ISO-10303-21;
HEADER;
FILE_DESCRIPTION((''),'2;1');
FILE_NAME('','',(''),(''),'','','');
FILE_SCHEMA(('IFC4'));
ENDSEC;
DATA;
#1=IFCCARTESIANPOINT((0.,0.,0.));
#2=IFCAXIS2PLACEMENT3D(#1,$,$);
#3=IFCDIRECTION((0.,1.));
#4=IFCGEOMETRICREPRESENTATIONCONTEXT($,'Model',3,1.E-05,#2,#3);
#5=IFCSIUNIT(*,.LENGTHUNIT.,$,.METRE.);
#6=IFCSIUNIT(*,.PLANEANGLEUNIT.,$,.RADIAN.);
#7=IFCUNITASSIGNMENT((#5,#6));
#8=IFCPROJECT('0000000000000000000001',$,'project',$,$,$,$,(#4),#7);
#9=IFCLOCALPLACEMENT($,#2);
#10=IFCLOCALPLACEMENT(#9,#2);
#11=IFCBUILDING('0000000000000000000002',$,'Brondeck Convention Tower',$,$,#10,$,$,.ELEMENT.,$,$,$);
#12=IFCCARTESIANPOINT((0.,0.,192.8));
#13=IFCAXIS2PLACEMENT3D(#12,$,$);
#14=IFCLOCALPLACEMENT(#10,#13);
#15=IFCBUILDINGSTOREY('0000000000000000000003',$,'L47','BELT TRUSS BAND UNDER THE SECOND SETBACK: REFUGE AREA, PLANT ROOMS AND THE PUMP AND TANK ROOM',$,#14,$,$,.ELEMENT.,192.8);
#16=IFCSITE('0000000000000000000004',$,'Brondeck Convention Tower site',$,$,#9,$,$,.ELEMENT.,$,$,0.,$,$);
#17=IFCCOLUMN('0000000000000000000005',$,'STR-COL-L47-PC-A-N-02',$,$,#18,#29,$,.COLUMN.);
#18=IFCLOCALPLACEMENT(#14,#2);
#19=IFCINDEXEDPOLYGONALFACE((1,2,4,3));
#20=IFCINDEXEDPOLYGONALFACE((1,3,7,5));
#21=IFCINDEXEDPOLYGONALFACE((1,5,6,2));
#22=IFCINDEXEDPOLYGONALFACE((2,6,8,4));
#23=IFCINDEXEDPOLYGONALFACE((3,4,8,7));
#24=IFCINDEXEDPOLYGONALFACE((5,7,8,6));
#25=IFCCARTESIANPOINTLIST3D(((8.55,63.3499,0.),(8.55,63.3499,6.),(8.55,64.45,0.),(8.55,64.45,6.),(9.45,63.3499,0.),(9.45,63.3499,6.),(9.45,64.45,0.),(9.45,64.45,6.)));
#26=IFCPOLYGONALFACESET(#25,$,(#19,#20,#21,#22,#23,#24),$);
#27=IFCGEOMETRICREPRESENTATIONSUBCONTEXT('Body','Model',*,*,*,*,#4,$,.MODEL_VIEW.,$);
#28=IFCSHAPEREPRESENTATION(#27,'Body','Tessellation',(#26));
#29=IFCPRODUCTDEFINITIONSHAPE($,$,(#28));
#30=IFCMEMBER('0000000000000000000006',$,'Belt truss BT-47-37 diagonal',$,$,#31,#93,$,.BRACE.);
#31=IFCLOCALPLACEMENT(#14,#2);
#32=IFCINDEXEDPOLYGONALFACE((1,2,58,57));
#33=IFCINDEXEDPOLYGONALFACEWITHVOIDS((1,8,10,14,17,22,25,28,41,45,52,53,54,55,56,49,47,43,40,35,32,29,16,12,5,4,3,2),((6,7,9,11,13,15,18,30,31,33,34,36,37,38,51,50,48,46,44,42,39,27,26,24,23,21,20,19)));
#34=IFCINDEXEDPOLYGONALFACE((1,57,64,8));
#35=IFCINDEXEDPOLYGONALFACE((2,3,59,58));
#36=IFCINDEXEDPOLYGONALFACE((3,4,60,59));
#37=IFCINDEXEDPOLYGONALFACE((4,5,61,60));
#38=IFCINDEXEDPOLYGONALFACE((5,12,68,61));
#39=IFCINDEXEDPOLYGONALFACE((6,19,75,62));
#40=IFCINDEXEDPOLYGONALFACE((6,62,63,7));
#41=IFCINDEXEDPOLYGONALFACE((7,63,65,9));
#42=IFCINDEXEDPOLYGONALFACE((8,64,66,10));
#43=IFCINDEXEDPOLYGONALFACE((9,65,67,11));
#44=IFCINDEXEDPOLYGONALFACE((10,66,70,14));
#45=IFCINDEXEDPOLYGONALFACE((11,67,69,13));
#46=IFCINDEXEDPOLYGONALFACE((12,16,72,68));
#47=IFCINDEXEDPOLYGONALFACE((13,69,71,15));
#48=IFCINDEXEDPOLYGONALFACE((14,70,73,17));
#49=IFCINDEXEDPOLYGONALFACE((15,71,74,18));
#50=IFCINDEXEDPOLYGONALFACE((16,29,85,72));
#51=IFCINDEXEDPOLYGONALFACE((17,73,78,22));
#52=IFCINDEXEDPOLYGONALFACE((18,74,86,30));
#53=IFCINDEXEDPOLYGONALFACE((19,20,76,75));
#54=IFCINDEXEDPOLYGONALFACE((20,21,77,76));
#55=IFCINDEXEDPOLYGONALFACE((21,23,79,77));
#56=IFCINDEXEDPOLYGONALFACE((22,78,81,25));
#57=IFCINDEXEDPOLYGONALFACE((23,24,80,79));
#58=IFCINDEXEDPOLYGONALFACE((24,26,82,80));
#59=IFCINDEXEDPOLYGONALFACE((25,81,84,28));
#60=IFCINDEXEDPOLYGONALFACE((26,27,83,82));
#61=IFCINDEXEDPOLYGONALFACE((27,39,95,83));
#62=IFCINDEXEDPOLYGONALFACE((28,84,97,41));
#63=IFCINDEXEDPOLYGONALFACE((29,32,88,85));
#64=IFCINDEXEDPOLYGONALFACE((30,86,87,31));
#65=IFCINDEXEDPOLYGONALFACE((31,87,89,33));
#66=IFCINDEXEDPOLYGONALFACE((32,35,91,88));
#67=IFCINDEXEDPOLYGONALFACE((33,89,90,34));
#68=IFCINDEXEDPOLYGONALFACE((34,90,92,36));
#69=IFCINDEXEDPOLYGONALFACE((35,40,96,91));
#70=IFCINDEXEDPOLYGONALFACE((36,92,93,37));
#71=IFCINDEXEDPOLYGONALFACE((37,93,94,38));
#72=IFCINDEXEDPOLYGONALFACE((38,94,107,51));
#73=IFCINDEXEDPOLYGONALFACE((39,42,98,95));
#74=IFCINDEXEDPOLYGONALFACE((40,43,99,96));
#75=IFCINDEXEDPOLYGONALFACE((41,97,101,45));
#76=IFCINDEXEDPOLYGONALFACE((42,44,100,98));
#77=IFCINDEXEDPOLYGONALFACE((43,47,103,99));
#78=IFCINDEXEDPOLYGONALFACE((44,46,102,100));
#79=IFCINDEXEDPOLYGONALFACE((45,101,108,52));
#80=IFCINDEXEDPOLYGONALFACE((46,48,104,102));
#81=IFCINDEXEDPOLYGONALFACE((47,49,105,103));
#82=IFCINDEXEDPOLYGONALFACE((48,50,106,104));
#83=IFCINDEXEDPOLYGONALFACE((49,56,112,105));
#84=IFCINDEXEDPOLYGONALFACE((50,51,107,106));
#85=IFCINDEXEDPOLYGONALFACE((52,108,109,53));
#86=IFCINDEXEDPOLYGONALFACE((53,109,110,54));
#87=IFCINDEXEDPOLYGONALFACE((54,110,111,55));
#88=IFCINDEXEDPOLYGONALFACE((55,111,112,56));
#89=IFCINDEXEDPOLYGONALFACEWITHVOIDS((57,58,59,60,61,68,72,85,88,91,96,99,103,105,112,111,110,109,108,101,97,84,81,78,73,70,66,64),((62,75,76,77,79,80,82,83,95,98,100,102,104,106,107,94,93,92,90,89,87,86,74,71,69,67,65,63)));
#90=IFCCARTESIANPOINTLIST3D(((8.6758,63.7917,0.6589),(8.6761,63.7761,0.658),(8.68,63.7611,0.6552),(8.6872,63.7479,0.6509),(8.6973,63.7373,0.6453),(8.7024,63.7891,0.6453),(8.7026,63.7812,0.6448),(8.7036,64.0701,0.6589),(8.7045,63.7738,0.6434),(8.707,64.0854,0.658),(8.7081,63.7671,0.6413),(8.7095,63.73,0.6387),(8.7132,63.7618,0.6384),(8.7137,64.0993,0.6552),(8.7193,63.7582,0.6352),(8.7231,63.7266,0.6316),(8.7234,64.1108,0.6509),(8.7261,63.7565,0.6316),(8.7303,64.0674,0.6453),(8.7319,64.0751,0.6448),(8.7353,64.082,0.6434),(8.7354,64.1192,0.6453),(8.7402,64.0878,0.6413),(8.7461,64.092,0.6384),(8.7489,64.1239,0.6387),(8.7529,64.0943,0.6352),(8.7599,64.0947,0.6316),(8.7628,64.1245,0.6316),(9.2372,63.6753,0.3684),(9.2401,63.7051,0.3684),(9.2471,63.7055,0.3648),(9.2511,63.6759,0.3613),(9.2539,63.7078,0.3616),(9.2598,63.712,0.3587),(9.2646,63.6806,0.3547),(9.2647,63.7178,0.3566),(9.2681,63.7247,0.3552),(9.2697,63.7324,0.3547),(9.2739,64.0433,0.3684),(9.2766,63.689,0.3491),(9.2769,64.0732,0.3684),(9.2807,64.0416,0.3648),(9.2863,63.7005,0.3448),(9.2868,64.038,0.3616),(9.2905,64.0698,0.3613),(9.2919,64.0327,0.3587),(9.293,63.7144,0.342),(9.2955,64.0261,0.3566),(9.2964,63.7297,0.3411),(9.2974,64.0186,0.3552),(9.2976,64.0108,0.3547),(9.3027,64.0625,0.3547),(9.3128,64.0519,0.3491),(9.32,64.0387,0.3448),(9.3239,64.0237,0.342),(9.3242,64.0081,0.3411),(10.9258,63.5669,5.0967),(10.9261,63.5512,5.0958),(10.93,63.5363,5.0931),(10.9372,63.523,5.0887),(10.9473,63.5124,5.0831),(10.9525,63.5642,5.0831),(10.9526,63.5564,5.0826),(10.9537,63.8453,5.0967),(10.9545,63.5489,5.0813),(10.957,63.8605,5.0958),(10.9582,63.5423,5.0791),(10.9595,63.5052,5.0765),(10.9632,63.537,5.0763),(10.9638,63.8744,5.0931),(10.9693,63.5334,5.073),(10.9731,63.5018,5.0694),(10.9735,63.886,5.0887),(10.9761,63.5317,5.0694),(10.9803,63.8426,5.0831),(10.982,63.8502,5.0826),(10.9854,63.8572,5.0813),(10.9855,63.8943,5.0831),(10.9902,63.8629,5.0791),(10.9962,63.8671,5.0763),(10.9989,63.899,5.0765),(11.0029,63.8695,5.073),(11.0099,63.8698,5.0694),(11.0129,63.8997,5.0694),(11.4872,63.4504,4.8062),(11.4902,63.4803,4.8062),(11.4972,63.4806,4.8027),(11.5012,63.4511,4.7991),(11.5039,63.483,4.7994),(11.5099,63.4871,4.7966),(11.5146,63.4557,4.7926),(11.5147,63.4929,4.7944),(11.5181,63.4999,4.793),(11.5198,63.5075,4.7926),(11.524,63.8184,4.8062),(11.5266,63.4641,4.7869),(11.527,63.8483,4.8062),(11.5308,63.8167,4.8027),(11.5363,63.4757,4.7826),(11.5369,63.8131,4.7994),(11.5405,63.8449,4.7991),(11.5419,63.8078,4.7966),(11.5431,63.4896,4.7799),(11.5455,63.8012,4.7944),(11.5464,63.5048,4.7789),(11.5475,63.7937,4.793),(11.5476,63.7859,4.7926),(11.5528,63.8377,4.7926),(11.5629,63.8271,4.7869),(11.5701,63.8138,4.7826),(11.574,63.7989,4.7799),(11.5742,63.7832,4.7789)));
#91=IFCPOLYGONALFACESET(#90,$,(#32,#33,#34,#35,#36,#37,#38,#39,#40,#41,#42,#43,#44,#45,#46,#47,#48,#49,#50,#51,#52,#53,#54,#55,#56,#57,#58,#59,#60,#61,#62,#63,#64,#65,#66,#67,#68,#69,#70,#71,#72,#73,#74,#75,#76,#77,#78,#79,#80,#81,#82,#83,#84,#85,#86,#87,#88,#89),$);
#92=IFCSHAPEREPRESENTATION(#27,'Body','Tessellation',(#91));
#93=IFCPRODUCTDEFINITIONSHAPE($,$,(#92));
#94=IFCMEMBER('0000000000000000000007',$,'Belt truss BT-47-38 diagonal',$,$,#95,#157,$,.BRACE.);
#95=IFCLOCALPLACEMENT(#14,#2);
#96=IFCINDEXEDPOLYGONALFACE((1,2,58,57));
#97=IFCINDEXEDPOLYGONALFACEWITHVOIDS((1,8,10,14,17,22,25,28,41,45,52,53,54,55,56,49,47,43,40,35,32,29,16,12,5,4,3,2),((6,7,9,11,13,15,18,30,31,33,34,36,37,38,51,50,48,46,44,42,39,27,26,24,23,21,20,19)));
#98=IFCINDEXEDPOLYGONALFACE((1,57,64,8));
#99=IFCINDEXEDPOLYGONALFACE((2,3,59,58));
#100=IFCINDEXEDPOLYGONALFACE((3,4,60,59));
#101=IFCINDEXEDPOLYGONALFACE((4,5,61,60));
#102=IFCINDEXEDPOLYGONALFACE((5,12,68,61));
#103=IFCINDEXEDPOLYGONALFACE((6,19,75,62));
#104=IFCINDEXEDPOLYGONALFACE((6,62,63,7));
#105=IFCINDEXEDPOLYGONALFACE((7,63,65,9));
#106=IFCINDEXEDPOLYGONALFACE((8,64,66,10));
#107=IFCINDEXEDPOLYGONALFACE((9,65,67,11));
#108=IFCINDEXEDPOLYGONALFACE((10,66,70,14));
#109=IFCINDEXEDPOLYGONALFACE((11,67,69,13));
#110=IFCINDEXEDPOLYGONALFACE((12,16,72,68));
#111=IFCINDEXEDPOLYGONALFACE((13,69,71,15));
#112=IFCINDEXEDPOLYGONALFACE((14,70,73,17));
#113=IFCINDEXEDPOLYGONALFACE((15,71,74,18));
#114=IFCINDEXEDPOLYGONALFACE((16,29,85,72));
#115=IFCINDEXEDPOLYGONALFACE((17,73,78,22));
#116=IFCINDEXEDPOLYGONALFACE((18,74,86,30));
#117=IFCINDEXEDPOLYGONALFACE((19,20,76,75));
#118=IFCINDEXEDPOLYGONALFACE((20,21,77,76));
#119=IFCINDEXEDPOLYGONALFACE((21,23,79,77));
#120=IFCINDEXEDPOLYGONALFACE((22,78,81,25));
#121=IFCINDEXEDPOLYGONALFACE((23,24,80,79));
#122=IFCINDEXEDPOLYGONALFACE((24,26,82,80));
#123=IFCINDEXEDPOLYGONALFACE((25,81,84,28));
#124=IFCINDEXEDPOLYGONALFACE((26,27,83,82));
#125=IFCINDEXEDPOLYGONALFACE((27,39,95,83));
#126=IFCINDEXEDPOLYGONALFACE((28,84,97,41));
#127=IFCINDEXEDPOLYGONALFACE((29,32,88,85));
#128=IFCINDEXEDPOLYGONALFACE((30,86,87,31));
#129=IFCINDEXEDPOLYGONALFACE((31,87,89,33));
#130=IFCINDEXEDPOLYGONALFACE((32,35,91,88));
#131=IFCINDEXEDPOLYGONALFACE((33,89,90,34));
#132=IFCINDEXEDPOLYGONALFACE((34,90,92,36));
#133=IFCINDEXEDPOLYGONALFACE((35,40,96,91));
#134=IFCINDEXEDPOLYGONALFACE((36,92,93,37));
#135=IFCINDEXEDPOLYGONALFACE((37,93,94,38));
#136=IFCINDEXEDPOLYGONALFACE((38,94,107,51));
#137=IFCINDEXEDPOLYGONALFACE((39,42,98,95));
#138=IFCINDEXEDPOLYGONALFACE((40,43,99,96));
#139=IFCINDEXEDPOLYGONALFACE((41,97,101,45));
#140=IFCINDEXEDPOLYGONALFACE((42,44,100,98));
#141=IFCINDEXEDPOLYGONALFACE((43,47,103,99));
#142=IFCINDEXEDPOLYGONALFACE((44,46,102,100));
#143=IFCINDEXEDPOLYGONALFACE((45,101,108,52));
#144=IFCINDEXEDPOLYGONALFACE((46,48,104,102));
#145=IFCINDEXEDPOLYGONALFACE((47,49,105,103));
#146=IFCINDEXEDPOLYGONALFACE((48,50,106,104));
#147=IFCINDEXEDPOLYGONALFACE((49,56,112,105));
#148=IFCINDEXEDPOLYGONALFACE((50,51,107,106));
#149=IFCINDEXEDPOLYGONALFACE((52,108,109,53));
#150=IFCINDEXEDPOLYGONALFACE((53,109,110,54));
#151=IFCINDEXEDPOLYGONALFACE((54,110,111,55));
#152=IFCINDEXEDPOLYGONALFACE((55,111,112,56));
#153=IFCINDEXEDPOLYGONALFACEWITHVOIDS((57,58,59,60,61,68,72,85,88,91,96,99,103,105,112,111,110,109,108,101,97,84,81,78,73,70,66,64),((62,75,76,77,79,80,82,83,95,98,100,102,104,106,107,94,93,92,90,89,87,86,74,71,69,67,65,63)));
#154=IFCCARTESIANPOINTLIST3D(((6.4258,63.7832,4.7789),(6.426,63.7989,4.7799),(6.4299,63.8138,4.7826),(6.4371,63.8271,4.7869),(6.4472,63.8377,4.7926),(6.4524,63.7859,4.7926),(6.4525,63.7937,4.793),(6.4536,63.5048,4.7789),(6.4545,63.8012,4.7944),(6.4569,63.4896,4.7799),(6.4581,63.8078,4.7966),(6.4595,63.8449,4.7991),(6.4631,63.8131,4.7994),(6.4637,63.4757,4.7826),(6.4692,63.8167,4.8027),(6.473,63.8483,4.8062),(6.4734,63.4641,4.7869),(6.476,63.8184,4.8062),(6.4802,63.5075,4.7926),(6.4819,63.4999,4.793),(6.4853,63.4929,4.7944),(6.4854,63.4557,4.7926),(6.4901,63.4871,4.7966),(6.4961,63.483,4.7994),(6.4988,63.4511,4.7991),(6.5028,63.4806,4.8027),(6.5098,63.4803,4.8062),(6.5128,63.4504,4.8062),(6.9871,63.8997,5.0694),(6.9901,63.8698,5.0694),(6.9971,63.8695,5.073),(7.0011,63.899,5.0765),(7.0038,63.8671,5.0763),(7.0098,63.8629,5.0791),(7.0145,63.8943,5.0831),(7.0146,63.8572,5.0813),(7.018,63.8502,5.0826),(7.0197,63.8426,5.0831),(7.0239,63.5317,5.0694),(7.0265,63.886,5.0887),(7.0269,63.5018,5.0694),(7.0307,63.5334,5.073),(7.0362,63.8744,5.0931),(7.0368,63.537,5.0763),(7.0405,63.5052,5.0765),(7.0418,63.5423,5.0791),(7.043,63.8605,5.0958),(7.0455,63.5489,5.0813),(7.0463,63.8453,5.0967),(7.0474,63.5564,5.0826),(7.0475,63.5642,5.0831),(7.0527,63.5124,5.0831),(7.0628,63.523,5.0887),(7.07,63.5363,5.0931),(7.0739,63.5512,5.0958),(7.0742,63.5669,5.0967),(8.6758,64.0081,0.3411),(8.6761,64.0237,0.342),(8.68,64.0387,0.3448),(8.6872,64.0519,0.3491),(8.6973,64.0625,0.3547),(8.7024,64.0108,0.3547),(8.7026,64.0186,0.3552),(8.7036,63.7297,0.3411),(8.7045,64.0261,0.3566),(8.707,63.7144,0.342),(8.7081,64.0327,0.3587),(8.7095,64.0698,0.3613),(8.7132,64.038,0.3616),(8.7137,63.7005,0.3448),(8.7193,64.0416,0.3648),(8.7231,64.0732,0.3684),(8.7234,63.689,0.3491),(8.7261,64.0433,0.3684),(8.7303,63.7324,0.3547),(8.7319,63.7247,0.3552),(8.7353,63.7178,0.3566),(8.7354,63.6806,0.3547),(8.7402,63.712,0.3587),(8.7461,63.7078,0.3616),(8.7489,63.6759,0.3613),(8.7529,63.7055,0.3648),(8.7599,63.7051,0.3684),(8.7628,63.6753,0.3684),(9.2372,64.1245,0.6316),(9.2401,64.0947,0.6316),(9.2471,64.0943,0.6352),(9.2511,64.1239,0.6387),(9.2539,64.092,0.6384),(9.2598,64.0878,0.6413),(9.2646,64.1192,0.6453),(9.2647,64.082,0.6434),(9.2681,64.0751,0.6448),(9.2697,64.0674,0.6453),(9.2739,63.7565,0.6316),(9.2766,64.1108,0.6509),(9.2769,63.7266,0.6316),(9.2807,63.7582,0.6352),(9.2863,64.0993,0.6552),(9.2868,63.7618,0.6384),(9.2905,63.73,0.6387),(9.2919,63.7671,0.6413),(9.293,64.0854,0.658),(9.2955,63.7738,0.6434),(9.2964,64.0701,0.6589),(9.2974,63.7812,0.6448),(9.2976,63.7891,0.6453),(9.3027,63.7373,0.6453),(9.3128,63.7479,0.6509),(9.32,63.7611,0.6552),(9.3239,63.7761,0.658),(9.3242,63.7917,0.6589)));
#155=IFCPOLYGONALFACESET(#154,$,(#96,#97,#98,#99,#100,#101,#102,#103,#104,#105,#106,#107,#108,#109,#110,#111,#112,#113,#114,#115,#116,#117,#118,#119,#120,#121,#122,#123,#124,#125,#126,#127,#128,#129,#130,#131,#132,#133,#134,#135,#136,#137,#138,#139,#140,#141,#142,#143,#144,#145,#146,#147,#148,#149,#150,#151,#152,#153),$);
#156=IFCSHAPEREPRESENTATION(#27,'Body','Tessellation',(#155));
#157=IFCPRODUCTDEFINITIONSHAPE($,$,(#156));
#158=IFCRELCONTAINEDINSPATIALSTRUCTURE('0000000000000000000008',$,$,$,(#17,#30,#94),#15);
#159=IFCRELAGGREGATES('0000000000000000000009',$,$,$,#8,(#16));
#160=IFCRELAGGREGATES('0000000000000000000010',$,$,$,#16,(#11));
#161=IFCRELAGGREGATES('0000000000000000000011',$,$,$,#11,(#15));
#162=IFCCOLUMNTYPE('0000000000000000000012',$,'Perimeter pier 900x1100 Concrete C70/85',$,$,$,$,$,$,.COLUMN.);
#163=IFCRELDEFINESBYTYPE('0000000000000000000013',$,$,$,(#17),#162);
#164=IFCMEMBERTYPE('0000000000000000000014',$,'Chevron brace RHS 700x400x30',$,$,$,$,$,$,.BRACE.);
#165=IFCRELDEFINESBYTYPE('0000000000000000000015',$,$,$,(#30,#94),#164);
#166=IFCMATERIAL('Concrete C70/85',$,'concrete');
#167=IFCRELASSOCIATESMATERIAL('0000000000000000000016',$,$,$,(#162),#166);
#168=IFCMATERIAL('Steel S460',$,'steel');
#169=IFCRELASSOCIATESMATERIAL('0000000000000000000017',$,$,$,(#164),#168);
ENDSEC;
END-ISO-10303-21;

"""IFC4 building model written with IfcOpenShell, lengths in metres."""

from ifc_helpers import new_model, si_unit, direction, frame, origin, origin_2d, place, context, subcontext, project, spatial, rectangle, hollow_rectangle, extrude, material, material_profile, profile_set, type_object, element, save


model = new_model("IFC4")

# Units and contexts
model_context = context("Model", 3, precision=1e-05, world=origin(), true_north=direction((0.0, 1.0)))
body_context = subcontext(model_context, "Body", "Model", "MODEL_VIEW")
ifc_project = project(units=[si_unit("LENGTHUNIT", "METRE"), si_unit("PLANEANGLEUNIT", "RADIAN")], contexts=[model_context])

# Site, building, storey
site_placement = place(None, origin())
site = spatial("IfcSite", under=ifc_project, at=site_placement, Name="Brondeck Convention Tower site", CompositionType="ELEMENT", RefElevation=0.0)
building_placement = place(site_placement, origin())
building = spatial("IfcBuilding", under=site, at=building_placement, Name="Brondeck Convention Tower", CompositionType="ELEMENT")
storey_placement = place(building_placement, frame((0.0, 0.0, 192.8)))
storey = spatial("IfcBuildingStorey", under=building, at=storey_placement, Name="L47", Description="BELT TRUSS BAND UNDER THE SECOND SETBACK: REFUGE AREA, PLANT ROOMS AND THE PUMP AND TANK ROOM", CompositionType="ELEMENT", Elevation=192.8)

# Column
ifc_material_1 = material(Name="Concrete C70/85", Category="concrete")
ifc_material_profile_1 = material_profile(ifc_material_1, rectangle(XDim=0.8999, YDim=1.1001, at=origin_2d()), Name="Perimeter pier 900x1100 Concrete C70/85")
ifc_profile_set_1 = profile_set([ifc_material_profile_1], Name="Concrete C70/85")
column_type = type_object("IfcColumnType", Name="Perimeter pier 900x1100 Concrete C70/85", PredefinedType="COLUMN", material=ifc_profile_set_1)
column_placement = place(storey_placement, frame((9.0, 63.8999, 0.0), z_axis=(0.0, 0.0, 1.0), x_axis=(-1.0, 0.0, 0.0)))
element("IfcColumn", 1, at=column_placement, inside=storey, type_object=column_type, Name="STR-COL-L47-PC-A-N-02", PredefinedType="COLUMN", context=body_context, shape_type="SweptSolid", body=[
    extrude(rectangle(XDim=0.8999, YDim=1.1001, at=origin_2d()), origin(), (0.0, 0.0, 1.0), 6.0),
])

# Members
ifc_material_2 = material(Name="Steel S460", Category="steel")
ifc_material_profile_2 = material_profile(ifc_material_2, hollow_rectangle(XDim=0.3999, YDim=0.7, WallThickness=0.03, InnerFilletRadius=0.03, OuterFilletRadius=0.0601, at=origin_2d()), Name="RHS 700x400x30")
ifc_profile_set_2 = profile_set([ifc_material_profile_2], Name="Steel S460")
member_type_1 = type_object("IfcMemberType", Name="Chevron brace RHS 700x400x30", PredefinedType="BRACE", material=ifc_profile_set_2)
for number, where, z_axis, x_axis, name in (
    (2, (9.0, 63.8999, 0.5), (0.45175, -0.045146, 0.891001), (0.09944, 0.995044, 0.0), "Belt truss BT-47-37 diagonal"),
    (3, (9.0, 63.8999, 0.5), (-0.45175, -0.045146, 0.891001), (0.09944, -0.995044, 0.0), "Belt truss BT-47-38 diagonal"),
):
    element("IfcMember", number, at=place(storey_placement, frame(where, z_axis=z_axis, x_axis=x_axis)), inside=storey, type_object=member_type_1, Name=name, PredefinedType="BRACE", context=body_context, shape_type="SweptSolid", body=[
        extrude(hollow_rectangle(XDim=0.3999, YDim=0.7, WallThickness=0.03, InnerFilletRadius=0.03, OuterFilletRadius=0.0601, at=origin_2d()), origin(), (0.0, 0.0, 1.0), 4.9807),
    ])

save(model, "model.ifc")
